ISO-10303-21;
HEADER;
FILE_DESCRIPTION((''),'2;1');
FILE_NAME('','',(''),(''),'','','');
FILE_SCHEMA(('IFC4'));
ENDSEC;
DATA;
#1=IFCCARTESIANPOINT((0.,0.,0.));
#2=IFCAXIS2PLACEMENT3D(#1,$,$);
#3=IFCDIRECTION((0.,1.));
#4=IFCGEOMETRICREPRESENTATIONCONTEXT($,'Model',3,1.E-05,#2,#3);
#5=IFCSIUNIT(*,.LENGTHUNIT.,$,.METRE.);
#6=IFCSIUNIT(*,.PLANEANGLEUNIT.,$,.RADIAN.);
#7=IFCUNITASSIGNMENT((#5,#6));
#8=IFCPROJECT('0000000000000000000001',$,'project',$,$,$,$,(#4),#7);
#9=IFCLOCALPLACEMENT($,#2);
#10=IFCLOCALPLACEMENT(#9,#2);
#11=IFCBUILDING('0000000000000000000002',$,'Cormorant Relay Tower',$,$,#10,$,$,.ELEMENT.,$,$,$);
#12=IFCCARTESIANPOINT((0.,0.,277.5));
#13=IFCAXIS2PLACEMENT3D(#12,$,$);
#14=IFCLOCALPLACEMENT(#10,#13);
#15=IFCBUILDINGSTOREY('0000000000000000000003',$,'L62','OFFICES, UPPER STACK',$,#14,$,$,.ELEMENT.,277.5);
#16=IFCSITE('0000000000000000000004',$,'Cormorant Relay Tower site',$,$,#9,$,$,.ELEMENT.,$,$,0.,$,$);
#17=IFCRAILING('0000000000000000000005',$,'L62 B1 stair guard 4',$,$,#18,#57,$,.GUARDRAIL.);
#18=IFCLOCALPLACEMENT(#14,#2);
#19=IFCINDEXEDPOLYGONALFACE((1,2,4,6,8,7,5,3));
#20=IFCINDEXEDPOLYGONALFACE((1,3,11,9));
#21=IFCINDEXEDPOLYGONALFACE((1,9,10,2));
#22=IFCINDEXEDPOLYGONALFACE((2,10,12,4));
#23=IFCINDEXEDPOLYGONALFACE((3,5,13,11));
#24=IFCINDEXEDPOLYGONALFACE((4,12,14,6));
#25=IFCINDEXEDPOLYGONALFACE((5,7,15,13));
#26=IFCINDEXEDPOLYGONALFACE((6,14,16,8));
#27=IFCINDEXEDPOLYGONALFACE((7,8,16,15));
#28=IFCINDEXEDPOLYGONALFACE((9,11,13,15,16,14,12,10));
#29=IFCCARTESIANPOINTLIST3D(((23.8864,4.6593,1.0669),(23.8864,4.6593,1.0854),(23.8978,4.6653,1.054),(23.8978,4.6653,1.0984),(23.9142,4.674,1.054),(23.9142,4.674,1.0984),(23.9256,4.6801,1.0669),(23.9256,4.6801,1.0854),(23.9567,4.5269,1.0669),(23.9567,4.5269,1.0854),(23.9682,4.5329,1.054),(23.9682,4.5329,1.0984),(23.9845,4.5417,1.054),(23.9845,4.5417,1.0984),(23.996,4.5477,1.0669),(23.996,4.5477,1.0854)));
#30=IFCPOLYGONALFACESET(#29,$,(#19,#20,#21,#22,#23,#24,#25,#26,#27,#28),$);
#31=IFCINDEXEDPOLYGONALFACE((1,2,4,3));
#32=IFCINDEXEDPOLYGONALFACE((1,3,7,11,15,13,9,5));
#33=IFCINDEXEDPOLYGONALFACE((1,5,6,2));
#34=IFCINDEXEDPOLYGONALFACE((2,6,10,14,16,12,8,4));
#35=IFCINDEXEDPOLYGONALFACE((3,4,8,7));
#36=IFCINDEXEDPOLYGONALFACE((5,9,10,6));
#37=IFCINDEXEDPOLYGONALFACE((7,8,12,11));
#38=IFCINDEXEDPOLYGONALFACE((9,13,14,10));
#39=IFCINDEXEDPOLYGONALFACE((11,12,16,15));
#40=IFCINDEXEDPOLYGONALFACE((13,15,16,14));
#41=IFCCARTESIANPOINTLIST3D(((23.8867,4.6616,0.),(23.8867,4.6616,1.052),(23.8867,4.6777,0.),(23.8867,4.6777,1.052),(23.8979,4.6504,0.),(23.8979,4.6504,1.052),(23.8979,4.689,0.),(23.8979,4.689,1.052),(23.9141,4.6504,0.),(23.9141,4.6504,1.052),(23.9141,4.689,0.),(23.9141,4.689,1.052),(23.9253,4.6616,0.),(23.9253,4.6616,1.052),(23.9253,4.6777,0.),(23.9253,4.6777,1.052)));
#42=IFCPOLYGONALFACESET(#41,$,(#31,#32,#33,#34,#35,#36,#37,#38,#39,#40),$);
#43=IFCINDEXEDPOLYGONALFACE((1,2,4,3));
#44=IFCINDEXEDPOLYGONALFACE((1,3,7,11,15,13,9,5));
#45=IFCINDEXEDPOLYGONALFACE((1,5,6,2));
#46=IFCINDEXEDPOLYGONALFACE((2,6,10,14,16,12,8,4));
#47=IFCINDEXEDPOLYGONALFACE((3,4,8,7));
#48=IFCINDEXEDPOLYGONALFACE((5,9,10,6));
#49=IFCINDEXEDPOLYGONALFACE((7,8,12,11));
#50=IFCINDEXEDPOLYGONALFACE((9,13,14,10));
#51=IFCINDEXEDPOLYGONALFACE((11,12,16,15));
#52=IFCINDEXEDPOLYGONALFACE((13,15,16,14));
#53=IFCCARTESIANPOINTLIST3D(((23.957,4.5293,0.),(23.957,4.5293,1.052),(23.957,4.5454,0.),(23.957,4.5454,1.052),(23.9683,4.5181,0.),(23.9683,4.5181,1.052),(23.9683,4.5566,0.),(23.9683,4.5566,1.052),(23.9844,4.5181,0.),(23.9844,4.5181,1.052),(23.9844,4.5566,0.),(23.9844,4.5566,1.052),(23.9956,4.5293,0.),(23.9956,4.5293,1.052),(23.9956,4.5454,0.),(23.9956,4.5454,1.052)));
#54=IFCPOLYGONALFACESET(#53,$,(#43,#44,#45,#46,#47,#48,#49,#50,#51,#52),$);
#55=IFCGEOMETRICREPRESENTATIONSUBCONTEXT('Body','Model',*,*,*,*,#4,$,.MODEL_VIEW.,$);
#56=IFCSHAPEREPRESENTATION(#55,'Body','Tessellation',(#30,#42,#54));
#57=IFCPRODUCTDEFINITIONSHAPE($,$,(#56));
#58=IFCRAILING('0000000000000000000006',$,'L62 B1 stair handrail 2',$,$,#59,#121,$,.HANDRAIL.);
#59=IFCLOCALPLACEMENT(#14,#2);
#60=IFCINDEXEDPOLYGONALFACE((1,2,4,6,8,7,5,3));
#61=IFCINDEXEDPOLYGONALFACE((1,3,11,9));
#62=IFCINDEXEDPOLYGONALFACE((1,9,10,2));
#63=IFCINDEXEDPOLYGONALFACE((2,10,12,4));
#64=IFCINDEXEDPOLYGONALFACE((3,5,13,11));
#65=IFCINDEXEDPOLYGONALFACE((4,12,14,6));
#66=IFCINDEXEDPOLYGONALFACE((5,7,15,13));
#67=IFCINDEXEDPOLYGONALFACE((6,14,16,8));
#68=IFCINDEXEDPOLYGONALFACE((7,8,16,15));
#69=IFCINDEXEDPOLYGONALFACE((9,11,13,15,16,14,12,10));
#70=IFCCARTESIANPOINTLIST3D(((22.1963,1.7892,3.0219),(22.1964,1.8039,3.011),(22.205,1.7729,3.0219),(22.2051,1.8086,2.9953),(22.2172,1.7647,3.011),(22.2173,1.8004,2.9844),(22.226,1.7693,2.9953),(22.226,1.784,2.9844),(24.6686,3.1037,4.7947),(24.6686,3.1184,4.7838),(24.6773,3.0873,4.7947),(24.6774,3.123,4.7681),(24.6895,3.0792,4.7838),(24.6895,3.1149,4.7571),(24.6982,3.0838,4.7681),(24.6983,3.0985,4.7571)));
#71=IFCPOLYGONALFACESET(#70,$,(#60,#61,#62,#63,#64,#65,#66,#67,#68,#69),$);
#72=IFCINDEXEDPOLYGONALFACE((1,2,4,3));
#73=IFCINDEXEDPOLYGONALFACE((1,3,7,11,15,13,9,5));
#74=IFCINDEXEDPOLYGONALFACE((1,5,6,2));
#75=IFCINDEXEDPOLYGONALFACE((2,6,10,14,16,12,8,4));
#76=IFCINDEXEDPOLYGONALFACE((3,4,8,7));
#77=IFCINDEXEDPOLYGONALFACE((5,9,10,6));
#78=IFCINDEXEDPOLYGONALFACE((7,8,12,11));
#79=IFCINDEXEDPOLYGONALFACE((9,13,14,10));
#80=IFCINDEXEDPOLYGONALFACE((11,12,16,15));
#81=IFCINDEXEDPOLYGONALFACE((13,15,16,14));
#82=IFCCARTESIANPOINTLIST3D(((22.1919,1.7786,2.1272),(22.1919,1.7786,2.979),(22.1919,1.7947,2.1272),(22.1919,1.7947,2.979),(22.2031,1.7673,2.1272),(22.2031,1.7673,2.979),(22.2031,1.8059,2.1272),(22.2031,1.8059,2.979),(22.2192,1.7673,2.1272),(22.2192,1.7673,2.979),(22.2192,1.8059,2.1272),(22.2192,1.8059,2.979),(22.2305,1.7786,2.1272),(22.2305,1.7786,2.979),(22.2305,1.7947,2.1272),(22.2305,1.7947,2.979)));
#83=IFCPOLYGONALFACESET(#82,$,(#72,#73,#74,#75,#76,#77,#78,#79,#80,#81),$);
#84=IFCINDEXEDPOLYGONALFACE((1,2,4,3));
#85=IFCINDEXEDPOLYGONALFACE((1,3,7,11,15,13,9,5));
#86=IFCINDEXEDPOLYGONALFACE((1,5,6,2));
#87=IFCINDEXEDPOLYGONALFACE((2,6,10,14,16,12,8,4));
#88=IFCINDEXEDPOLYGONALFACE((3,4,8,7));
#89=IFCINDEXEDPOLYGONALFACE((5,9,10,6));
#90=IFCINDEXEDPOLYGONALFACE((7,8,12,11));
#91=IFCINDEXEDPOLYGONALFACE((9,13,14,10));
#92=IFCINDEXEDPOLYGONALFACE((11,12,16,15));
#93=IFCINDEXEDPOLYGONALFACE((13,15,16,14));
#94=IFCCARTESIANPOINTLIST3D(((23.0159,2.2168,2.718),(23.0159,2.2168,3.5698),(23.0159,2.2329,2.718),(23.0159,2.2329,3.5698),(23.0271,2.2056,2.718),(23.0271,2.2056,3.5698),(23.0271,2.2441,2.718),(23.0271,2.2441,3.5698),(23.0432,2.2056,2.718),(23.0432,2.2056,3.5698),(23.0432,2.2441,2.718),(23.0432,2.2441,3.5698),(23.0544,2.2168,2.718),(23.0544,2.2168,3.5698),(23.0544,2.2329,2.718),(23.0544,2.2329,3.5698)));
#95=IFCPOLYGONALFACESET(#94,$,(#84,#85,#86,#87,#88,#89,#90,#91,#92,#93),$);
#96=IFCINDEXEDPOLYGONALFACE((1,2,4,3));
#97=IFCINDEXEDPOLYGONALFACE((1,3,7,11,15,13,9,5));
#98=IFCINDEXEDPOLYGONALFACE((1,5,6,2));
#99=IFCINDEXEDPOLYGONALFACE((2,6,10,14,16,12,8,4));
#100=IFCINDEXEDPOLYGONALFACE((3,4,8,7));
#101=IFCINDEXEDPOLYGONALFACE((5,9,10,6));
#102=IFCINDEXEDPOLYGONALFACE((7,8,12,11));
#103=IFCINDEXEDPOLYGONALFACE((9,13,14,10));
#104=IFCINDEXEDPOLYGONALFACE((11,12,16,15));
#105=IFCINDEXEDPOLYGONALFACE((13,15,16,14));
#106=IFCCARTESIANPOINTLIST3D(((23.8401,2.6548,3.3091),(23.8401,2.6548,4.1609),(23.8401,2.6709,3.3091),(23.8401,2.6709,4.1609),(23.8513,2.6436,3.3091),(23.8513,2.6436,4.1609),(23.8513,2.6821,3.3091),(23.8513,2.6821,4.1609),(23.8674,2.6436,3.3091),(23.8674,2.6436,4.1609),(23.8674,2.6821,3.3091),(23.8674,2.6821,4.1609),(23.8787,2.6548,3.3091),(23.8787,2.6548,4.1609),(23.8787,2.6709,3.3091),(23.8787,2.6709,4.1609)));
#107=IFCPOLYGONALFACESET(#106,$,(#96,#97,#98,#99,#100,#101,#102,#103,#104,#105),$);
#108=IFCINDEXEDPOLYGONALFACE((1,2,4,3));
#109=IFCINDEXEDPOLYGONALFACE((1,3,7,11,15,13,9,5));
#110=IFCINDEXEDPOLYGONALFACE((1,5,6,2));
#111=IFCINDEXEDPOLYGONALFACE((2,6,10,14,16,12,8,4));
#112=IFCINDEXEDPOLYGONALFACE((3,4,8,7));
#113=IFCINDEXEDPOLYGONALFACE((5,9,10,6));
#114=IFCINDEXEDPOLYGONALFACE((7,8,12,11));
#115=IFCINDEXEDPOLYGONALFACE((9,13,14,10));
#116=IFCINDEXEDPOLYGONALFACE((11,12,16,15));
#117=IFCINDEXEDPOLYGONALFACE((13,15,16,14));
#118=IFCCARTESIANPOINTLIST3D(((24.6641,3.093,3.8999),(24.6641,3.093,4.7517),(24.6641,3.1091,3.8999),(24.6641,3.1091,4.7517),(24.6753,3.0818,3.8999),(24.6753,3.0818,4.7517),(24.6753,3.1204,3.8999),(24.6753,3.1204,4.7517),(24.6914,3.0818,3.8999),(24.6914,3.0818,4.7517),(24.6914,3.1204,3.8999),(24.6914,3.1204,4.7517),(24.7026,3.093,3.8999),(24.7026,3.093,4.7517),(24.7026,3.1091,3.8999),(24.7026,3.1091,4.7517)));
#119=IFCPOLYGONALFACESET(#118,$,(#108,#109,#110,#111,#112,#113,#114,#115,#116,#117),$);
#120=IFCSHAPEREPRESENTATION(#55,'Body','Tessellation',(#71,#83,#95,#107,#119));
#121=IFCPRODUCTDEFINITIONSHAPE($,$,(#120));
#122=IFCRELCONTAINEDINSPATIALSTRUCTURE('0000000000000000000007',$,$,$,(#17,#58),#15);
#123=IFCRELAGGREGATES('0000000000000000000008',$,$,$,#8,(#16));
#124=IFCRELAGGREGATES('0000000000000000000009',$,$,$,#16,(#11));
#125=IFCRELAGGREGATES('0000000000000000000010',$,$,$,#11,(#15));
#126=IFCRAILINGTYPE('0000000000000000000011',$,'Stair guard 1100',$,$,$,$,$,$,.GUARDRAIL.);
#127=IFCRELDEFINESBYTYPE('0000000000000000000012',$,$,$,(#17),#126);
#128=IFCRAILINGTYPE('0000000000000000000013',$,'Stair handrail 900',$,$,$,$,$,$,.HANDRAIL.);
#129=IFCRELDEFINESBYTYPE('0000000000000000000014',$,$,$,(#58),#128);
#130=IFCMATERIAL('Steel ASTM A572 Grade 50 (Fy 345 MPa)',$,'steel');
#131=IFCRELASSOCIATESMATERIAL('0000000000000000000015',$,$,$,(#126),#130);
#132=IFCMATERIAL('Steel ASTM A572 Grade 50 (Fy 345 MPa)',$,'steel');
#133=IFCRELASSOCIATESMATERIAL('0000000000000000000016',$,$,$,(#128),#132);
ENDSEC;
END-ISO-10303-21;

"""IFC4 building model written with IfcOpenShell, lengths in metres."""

from ifc_helpers import new_model, si_unit, direction, frame, origin, place, context, subcontext, project, spatial, polyline, outline, extrude, material, type_object, element, save


model = new_model("IFC4")

# Units and contexts
model_context = context("Model", 3, precision=1e-05, world=origin(), true_north=direction((0.0, 1.0)))
body_context = subcontext(model_context, "Body", "Model", "MODEL_VIEW")
ifc_project = project(units=[si_unit("LENGTHUNIT", "METRE"), si_unit("PLANEANGLEUNIT", "RADIAN")], contexts=[model_context])

# Site, building, storey
site_placement = place(None, origin())
site = spatial("IfcSite", under=ifc_project, at=site_placement, Name="Cormorant Relay Tower site", CompositionType="ELEMENT", RefElevation=0.0)
building_placement = place(site_placement, origin())
building = spatial("IfcBuilding", under=site, at=building_placement, Name="Cormorant Relay Tower", CompositionType="ELEMENT")
storey_placement = place(building_placement, frame((0.0, 0.0, 277.5)))
storey = spatial("IfcBuildingStorey", under=building, at=storey_placement, Name="L62", Description="OFFICES, UPPER STACK", CompositionType="ELEMENT", Elevation=277.5)

# Railings
ifc_material_1 = material(Name="Steel ASTM A572 Grade 50 (Fy 345 MPa)", Category="steel")
railing_type_1 = type_object("IfcRailingType", Name="Stair guard 1100", PredefinedType="GUARDRAIL", material=ifc_material_1)
railing_1_placement = place(storey_placement, frame((23.906, 4.6697, 0.0)))
element("IfcRailing", 1, at=railing_1_placement, inside=storey, type_object=railing_type_1, Name="L62 B1 stair guard 4", PredefinedType="GUARDRAIL", context=body_context, shape_type="SweptSolid", body=[
    extrude(outline(polyline([(0.0222, 0.0093), (0.0093, 0.0222), (-0.0093, 0.0222), (-0.0222, 0.0093), (-0.0222, -0.0093), (-0.0093, -0.0222), (0.0093, -0.0222), (0.0222, -0.0093), (0.0222, 0.0093)])), frame((0.0, 0.0, 1.0762), z_axis=(0.469235, -0.883074, 0.0), x_axis=(0.883074, 0.469235, 0.0)), (0.0, 0.0, 1.0), 0.1499),
    extrude(outline(polyline([(0.0193, 0.0081), (0.0081, 0.0193), (-0.0081, 0.0193), (-0.0193, 0.0081), (-0.0193, -0.0081), (-0.0081, -0.0193), (0.0081, -0.0193), (0.0193, -0.0081), (0.0193, 0.0081)])), origin(), (0.0, 0.0, 1.0), 1.052),
    extrude(outline(polyline([(0.0193, 0.0081), (0.0081, 0.0193), (-0.0081, 0.0193), (-0.0193, 0.0081), (-0.0193, -0.0081), (-0.0081, -0.0193), (0.0081, -0.0193), (0.0193, -0.0081), (0.0193, 0.0081)])), frame((0.0703, -0.1323, 0.0)), (0.0, 0.0, 1.0), 1.052),
])
ifc_material_2 = material(Name="Steel ASTM A572 Grade 50 (Fy 345 MPa)", Category="steel")
railing_type_2 = type_object("IfcRailingType", Name="Stair handrail 900", PredefinedType="HANDRAIL", material=ifc_material_2)
railing_2_placement = place(storey_placement, frame((22.2112, 1.7866, 2.1272)))
element("IfcRailing", 2, at=railing_2_placement, inside=storey, type_object=railing_type_2, Name="L62 B1 stair handrail 2", PredefinedType="HANDRAIL", context=body_context, shape_type="SweptSolid", body=[
    extrude(outline(polyline([(0.0222, 0.0093), (0.0093, 0.0222), (-0.0093, 0.0222), (-0.0222, 0.0093), (-0.0222, -0.0093), (-0.0093, -0.0222), (0.0093, -0.0222), (0.0222, -0.0093), (0.0222, 0.0093)])), frame((0.0, 0.0, 0.876), z_axis=(0.746001, 0.396649, 0.534931), x_axis=(-0.469465, 0.882951, 0.0)), (0.0, 0.0, 1.0), 3.314),
    extrude(outline(polyline([(0.0193, 0.0081), (0.0081, 0.0193), (-0.0081, 0.0193), (-0.0193, 0.0081), (-0.0193, -0.0081), (-0.0081, -0.0193), (0.0081, -0.0193), (0.0193, -0.0081), (0.0193, 0.0081)])), origin(), (0.0, 0.0, 1.0), 0.8518),
    extrude(outline(polyline([(0.0193, 0.0081), (0.0081, 0.0193), (-0.0081, 0.0193), (-0.0193, 0.0081), (-0.0193, -0.0081), (-0.0081, -0.0193), (0.0081, -0.0193), (0.0193, -0.0081), (0.0193, 0.0081)])), frame((0.824, 0.4382, 0.5908)), (0.0, 0.0, 1.0), 0.8518),
    extrude(outline(polyline([(0.0193, 0.0081), (0.0081, 0.0193), (-0.0081, 0.0193), (-0.0193, 0.0081), (-0.0193, -0.0081), (-0.0081, -0.0193), (0.0081, -0.0193), (0.0193, -0.0081), (0.0193, 0.0081)])), frame((1.6482, 0.8762, 1.1819)), (0.0, 0.0, 1.0), 0.8518),
    extrude(outline(polyline([(0.0193, 0.0081), (0.0081, 0.0193), (-0.0081, 0.0193), (-0.0193, 0.0081), (-0.0193, -0.0081), (-0.0081, -0.0193), (0.0081, -0.0193), (0.0193, -0.0081), (0.0193, 0.0081)])), frame((2.4722, 1.3145, 1.7727)), (0.0, 0.0, 1.0), 0.8518),
])

save(model, "model.ifc")
